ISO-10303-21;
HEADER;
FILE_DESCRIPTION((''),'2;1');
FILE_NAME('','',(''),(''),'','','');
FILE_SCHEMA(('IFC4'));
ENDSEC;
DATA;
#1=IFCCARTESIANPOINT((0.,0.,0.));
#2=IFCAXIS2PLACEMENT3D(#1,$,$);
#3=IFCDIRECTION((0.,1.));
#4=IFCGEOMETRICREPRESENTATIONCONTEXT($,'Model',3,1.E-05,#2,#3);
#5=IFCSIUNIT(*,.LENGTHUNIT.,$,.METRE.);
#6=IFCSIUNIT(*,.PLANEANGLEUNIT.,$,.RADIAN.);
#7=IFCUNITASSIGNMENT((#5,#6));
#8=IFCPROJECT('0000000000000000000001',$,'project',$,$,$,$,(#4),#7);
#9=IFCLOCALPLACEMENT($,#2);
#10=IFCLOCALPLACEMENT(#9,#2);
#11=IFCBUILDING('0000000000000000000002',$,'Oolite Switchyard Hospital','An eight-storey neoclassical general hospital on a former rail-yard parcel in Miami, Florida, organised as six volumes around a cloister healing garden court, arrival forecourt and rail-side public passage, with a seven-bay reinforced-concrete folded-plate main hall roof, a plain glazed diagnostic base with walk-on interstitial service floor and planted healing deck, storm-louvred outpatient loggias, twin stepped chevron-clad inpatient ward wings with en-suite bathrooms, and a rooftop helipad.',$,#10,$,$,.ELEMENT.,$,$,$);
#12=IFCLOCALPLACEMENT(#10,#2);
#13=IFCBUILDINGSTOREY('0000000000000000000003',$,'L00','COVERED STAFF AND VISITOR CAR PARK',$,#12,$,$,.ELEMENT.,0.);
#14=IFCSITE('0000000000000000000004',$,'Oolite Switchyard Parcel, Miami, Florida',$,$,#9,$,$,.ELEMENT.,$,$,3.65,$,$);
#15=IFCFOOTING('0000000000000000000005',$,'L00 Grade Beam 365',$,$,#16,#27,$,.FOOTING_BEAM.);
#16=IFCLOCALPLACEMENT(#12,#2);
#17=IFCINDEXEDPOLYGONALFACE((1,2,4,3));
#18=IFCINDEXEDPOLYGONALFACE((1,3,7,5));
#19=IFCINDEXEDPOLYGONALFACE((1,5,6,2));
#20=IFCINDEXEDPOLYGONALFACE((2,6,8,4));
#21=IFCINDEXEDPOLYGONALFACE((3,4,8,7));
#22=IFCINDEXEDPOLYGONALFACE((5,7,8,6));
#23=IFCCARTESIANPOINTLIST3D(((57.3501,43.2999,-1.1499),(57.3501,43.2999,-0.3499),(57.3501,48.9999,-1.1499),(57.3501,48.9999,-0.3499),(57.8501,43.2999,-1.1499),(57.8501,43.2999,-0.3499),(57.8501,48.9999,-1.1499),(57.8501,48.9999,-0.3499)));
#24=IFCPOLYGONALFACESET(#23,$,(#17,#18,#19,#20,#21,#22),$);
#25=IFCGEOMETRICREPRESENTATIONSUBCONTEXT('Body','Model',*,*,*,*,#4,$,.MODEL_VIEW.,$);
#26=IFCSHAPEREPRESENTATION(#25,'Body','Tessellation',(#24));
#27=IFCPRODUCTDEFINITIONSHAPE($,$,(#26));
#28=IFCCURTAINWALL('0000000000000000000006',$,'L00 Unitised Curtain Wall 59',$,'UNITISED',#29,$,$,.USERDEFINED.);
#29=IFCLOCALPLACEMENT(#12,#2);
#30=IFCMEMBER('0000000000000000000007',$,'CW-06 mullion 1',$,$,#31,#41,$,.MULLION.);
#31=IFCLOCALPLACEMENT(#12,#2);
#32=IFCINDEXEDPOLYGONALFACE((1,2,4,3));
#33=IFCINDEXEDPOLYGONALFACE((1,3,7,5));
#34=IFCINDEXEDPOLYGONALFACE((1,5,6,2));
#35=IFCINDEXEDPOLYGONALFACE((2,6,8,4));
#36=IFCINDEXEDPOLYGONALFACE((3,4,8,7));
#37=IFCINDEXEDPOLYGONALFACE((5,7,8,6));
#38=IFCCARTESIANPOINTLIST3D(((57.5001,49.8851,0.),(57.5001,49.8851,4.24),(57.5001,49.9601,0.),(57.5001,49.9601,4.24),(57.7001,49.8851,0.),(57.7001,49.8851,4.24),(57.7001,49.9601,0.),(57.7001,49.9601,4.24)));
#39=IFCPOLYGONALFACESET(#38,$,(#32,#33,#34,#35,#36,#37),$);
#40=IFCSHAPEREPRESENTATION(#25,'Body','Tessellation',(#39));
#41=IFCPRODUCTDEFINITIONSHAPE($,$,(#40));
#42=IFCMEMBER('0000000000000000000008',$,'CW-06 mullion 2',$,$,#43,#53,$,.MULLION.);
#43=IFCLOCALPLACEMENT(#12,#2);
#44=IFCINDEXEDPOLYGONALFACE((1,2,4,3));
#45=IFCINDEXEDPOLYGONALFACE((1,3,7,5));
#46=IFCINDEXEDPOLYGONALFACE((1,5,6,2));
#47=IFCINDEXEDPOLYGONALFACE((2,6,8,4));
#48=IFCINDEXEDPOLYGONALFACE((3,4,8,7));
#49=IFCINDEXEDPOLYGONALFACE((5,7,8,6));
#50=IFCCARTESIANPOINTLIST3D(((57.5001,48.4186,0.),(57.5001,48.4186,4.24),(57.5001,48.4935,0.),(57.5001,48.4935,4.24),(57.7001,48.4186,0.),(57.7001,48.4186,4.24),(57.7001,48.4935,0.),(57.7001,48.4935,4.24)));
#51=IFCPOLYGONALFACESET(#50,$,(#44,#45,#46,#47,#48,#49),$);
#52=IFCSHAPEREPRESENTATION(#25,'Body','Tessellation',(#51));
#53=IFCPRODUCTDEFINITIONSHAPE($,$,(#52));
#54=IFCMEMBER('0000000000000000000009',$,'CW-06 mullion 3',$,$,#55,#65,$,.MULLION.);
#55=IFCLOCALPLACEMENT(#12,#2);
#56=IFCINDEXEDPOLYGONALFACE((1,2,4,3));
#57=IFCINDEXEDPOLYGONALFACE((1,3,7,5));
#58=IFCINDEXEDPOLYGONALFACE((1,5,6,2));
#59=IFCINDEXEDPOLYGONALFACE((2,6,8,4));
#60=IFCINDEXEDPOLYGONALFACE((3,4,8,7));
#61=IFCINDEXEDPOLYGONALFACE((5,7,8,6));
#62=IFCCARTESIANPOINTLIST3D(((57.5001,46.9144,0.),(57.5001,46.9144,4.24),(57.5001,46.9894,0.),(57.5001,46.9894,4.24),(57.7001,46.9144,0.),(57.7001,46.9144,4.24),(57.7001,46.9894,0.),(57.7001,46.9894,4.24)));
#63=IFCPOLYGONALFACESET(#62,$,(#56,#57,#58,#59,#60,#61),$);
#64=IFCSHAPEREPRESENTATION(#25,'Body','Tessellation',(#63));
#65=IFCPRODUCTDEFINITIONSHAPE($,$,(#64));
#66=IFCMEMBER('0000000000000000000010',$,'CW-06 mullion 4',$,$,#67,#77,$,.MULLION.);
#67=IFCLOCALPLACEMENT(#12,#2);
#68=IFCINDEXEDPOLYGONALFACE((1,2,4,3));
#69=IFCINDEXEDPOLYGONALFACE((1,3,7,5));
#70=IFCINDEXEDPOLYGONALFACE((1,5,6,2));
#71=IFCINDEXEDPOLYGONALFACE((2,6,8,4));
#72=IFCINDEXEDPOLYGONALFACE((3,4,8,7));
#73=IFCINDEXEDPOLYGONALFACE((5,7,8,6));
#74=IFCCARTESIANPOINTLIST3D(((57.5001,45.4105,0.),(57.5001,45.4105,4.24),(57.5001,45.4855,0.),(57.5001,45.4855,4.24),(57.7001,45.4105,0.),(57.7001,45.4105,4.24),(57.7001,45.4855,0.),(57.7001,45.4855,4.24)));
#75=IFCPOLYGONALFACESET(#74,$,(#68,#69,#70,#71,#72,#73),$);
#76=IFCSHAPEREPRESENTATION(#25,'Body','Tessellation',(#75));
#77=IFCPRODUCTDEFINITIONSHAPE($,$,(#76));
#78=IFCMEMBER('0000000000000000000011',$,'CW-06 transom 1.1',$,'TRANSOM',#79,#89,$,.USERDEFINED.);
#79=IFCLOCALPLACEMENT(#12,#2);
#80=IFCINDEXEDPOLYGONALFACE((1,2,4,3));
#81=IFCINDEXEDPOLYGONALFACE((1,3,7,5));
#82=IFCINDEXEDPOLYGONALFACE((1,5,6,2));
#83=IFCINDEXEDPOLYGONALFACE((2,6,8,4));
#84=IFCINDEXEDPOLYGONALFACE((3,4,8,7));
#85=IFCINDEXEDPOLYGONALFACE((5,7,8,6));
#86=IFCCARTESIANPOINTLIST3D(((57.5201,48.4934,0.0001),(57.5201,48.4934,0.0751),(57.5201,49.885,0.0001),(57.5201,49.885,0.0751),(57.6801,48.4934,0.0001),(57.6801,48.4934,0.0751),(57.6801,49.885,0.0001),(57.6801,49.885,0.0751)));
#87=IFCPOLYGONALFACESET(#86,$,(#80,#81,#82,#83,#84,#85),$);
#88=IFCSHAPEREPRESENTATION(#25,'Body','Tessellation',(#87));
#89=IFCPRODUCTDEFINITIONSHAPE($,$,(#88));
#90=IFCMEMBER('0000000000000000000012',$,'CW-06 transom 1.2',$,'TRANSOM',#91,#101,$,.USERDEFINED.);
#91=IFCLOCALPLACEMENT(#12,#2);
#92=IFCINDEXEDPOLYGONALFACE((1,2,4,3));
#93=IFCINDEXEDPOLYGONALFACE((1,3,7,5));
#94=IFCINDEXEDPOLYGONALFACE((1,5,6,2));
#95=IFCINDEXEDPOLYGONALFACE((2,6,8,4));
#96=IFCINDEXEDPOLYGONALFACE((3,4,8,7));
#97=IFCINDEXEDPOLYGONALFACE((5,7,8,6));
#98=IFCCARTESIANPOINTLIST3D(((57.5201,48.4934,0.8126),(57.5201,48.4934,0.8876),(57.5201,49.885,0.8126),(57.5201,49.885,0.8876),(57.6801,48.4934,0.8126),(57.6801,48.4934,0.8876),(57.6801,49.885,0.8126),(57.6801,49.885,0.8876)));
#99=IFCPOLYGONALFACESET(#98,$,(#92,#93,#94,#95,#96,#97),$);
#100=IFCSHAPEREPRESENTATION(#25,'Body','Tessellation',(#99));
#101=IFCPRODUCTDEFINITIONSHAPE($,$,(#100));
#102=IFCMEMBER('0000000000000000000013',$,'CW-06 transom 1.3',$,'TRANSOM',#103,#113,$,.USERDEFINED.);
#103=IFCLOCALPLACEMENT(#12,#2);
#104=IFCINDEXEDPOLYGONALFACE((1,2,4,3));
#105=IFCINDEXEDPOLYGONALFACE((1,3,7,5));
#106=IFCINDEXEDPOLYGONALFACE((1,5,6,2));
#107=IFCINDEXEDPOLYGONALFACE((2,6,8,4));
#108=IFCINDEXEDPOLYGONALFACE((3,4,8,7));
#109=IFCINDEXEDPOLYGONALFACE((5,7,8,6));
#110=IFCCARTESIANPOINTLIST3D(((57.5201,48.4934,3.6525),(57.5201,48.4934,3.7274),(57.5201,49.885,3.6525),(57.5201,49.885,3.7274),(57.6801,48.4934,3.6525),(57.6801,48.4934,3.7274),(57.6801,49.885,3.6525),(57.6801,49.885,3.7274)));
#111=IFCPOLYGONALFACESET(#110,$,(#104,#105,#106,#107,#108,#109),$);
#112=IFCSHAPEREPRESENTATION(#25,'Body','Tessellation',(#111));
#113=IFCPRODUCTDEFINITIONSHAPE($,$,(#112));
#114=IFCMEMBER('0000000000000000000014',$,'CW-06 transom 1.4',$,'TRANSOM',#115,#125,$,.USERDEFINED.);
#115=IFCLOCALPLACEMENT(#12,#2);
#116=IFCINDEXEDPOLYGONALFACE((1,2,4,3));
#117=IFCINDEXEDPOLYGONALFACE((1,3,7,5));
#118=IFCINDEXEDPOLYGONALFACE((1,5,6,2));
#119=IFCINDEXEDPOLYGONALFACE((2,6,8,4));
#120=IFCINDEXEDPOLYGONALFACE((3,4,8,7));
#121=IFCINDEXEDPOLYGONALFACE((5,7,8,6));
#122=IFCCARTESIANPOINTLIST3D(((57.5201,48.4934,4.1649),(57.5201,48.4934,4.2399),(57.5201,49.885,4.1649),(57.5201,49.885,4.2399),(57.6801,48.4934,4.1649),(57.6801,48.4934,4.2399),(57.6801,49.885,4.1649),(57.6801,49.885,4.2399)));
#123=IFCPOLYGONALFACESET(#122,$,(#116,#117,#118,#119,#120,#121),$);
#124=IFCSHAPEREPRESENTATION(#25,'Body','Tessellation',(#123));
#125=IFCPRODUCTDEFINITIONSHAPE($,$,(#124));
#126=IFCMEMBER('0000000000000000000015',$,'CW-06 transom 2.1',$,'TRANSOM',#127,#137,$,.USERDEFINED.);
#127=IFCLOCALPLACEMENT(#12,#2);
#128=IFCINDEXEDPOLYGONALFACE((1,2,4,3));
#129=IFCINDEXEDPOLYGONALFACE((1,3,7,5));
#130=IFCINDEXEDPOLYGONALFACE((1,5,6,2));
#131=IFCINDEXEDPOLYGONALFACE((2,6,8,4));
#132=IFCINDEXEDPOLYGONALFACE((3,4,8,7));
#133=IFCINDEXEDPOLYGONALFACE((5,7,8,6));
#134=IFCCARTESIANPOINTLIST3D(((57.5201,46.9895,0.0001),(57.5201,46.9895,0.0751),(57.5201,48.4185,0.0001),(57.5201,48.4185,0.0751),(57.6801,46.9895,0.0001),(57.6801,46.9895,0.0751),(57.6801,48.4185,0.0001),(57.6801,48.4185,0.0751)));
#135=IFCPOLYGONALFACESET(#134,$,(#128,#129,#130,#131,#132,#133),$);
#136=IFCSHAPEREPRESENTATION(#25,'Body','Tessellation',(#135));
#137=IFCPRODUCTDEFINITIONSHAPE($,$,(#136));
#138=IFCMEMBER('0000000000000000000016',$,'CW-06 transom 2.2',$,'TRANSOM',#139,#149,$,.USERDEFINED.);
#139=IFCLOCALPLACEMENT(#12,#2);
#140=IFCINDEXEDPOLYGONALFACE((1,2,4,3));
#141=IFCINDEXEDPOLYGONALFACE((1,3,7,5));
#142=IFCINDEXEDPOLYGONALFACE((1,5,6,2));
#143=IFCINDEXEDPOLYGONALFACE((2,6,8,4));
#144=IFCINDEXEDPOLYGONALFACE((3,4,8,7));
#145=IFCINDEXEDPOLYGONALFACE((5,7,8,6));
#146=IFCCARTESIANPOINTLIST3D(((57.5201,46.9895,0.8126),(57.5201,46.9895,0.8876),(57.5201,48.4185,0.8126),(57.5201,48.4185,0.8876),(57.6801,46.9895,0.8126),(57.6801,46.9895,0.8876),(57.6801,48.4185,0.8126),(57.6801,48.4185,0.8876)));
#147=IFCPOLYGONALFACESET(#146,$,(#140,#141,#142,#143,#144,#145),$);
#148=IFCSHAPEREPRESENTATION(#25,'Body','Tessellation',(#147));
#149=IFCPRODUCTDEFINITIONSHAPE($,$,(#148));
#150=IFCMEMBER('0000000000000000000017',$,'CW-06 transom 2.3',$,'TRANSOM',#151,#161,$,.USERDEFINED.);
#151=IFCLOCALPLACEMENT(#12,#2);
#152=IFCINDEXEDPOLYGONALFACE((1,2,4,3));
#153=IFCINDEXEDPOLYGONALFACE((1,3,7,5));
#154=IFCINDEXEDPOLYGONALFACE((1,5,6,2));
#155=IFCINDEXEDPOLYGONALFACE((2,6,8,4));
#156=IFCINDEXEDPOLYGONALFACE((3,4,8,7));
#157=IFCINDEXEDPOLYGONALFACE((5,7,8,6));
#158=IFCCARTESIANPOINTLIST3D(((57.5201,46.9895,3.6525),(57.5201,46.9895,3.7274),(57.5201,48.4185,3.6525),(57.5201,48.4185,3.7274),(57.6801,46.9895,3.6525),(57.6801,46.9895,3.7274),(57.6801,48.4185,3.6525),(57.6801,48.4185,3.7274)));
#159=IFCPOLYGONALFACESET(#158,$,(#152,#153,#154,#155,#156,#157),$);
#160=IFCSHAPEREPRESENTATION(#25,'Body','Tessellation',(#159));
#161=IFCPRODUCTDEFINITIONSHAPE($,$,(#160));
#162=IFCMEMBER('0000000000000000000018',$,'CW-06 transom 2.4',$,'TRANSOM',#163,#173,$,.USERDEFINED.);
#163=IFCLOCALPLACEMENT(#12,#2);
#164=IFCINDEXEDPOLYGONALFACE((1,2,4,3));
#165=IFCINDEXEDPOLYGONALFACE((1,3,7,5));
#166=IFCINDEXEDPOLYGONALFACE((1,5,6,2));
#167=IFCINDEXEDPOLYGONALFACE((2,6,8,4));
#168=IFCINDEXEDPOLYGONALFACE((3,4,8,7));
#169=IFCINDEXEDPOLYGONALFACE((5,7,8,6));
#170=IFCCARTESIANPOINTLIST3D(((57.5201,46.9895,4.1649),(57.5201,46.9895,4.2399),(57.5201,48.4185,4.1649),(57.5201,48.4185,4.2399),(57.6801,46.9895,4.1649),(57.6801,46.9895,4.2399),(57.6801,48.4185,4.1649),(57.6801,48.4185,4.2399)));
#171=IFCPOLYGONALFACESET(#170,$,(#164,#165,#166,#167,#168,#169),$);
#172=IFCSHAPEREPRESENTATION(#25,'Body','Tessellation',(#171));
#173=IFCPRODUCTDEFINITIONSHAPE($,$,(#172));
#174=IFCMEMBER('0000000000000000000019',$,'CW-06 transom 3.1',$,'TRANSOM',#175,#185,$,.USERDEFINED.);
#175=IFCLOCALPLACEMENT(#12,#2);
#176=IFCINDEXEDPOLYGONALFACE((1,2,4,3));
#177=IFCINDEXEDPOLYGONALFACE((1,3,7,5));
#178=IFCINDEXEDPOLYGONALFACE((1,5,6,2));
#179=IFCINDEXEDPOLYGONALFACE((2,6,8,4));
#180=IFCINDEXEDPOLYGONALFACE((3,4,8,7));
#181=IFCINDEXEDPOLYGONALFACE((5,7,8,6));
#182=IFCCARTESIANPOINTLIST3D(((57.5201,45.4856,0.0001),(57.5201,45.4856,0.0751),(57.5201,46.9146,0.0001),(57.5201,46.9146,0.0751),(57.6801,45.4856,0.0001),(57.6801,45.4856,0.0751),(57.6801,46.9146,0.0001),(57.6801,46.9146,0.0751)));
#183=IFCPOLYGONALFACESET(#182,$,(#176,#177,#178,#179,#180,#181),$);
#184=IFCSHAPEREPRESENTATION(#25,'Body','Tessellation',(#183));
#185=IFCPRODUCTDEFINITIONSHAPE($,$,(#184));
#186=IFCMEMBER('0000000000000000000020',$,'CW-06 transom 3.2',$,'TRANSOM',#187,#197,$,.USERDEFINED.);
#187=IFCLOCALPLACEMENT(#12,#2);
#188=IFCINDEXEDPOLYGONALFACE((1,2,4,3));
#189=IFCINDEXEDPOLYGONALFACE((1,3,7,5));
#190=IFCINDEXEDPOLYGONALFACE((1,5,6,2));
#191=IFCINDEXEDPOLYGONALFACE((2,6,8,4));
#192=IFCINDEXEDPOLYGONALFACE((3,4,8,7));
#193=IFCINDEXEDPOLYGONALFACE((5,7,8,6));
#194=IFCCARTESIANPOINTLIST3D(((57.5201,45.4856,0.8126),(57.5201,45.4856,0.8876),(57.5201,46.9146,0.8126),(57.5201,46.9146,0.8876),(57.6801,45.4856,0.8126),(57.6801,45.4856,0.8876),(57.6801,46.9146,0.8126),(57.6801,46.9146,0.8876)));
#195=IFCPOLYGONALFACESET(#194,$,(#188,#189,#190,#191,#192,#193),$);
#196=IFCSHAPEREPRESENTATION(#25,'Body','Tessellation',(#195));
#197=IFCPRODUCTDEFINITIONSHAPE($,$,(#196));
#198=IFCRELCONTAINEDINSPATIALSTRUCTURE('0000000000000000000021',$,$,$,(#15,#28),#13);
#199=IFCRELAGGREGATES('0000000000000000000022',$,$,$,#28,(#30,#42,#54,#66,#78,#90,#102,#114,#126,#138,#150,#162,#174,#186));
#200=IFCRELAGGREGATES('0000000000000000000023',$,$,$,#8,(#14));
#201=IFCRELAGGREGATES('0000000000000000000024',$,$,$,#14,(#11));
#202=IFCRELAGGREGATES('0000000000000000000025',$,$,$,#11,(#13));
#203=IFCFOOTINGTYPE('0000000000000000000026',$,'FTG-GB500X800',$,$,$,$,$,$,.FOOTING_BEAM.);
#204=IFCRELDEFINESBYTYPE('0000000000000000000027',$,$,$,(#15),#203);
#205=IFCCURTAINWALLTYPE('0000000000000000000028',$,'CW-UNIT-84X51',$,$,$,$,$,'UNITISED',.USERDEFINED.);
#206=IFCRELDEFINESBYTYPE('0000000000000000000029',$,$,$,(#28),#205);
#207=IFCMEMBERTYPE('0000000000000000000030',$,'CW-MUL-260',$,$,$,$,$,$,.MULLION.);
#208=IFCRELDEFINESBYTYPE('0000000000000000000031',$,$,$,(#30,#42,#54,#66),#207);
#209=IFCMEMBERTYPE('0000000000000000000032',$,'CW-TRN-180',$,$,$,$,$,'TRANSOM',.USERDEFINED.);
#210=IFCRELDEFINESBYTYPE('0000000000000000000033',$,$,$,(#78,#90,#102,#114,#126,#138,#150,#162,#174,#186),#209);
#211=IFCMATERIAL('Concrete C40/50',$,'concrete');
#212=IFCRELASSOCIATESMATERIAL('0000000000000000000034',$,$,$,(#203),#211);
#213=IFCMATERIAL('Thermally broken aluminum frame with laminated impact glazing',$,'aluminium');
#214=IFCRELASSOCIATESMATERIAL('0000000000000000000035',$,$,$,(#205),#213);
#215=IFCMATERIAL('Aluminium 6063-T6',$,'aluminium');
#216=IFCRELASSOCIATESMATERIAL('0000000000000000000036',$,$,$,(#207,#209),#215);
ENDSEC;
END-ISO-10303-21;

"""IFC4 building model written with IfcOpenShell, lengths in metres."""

from ifc_helpers import new_model, si_unit, direction, frame, origin, origin_2d, place, context, subcontext, project, spatial, rectangle, extrude, material, material_profile, profile_set, type_object, element, aggregate, save


model = new_model("IFC4")

# Units and contexts
model_context = context("Model", 3, precision=1e-05, world=origin(), true_north=direction((0.0, 1.0)))
body_context = subcontext(model_context, "Body", "Model", "MODEL_VIEW")
ifc_project = project(units=[si_unit("LENGTHUNIT", "METRE"), si_unit("PLANEANGLEUNIT", "RADIAN")], contexts=[model_context])

# Site, building, storey
site_placement = place(None, origin())
site = spatial("IfcSite", under=ifc_project, at=site_placement, Name="Oolite Switchyard Parcel, Miami, Florida", CompositionType="ELEMENT", RefElevation=3.65)
building_placement = place(site_placement, origin())
building = spatial("IfcBuilding", under=site, at=building_placement, Name="Oolite Switchyard Hospital", Description="An eight-storey neoclassical general hospital on a former rail-yard parcel in Miami, Florida, organised as six volumes around a cloister healing garden court, arrival forecourt and rail-side public passage, with a seven-bay reinforced-concrete folded-plate main hall roof, a plain glazed diagnostic base with walk-on interstitial service floor and planted healing deck, storm-louvred outpatient loggias, twin stepped chevron-clad inpatient ward wings with en-suite bathrooms, and a rooftop helipad.", CompositionType="ELEMENT")
storey_placement = place(building_placement, origin())
storey = spatial("IfcBuildingStorey", under=building, at=storey_placement, Name="L00", Description="COVERED STAFF AND VISITOR CAR PARK", CompositionType="ELEMENT", Elevation=0.0)

# Footing
ifc_material_1 = material(Name="Concrete C40/50", Category="concrete")
footing_type = type_object("IfcFootingType", Name="FTG-GB500X800", PredefinedType="FOOTING_BEAM", material=ifc_material_1)
footing_placement = place(storey_placement, frame((57.6001, 46.1499, -1.1499), z_axis=(0.0, 0.0, 1.0), x_axis=(0.0, 1.0, 0.0)))
element("IfcFooting", 1, at=footing_placement, inside=storey, type_object=footing_type, Name="L00 Grade Beam 365", PredefinedType="FOOTING_BEAM", context=body_context, shape_type="SweptSolid", body=[
    extrude(rectangle(XDim=5.7, YDim=0.5, at=origin_2d()), origin(), (0.0, 0.0, 1.0), 0.8),
])

# Curtain wall, members
ifc_material_2 = material(Name="Thermally broken aluminum frame with laminated impact glazing", Category="aluminium")
curtain_wall_type = type_object("IfcCurtainWallType", Name="CW-UNIT-84X51", ElementType="UNITISED", PredefinedType="USERDEFINED", material=ifc_material_2)
curtain_wall_placement = place(storey_placement, origin())
curtain_wall = element("IfcCurtainWall", 2, at=curtain_wall_placement, inside=storey, type_object=curtain_wall_type, Name="L00 Unitised Curtain Wall 59", ObjectType="UNITISED", PredefinedType="USERDEFINED")
ifc_material_3 = material(Name="Aluminium 6063-T6", Category="aluminium")
ifc_material_profile_1 = material_profile(ifc_material_3, rectangle(XDim=0.2, YDim=0.075, at=origin_2d()), Name="CWM75X200")
ifc_profile_set_1 = profile_set([ifc_material_profile_1], Name="Aluminium 6063-T6")
member_type_1 = type_object("IfcMemberType", Name="CW-MUL-260", PredefinedType="MULLION", material=ifc_profile_set_1)
member_1_placement = place(storey_placement, frame((57.6001, 49.9226, 0.0), z_axis=(0.0, 0.0, 1.0), x_axis=(1.0, 0.0, 0.0)))
member_1 = element("IfcMember", 3, at=member_1_placement, type_object=member_type_1, Name="CW-06 mullion 1", PredefinedType="MULLION", context=body_context, shape_type="SweptSolid", body=[
    extrude(rectangle(XDim=0.2, YDim=0.075, at=origin_2d()), origin(), (0.0, 0.0, 1.0), 4.24),
])
member_2_placement = place(storey_placement, frame((57.6001, 48.4561, 0.0), z_axis=(0.0, 0.0, 1.0), x_axis=(1.0, 0.0, 0.0)))
member_2 = element("IfcMember", 4, at=member_2_placement, type_object=member_type_1, Name="CW-06 mullion 2", PredefinedType="MULLION", context=body_context, shape_type="SweptSolid", body=[
    extrude(rectangle(XDim=0.2, YDim=0.075, at=origin_2d()), origin(), (0.0, 0.0, 1.0), 4.24),
])
member_3_placement = place(storey_placement, frame((57.6001, 46.9519, 0.0), z_axis=(0.0, 0.0, 1.0), x_axis=(1.0, 0.0, 0.0)))
member_3 = element("IfcMember", 5, at=member_3_placement, type_object=member_type_1, Name="CW-06 mullion 3", PredefinedType="MULLION", context=body_context, shape_type="SweptSolid", body=[
    extrude(rectangle(XDim=0.2, YDim=0.075, at=origin_2d()), origin(), (0.0, 0.0, 1.0), 4.24),
])
member_4_placement = place(storey_placement, frame((57.6001, 45.448, 0.0), z_axis=(0.0, 0.0, 1.0), x_axis=(1.0, 0.0, 0.0)))
member_4 = element("IfcMember", 6, at=member_4_placement, type_object=member_type_1, Name="CW-06 mullion 4", PredefinedType="MULLION", context=body_context, shape_type="SweptSolid", body=[
    extrude(rectangle(XDim=0.2, YDim=0.075, at=origin_2d()), origin(), (0.0, 0.0, 1.0), 4.24),
])
ifc_material_profile_2 = material_profile(ifc_material_3, rectangle(XDim=0.1599, YDim=0.075, at=origin_2d()), Name="CWT75X160")
ifc_profile_set_2 = profile_set([ifc_material_profile_2], Name="Aluminium 6063-T6")
member_type_2 = type_object("IfcMemberType", Name="CW-TRN-180", ElementType="TRANSOM", PredefinedType="USERDEFINED", material=ifc_profile_set_2)
member_5_placement = place(storey_placement, frame((57.6001, 49.885, 0.0376), z_axis=(0.0, -1.0, 0.0), x_axis=(1.0, 0.0, 0.0)))
member_5 = element("IfcMember", 7, at=member_5_placement, type_object=member_type_2, Name="CW-06 transom 1.1", ObjectType="TRANSOM", PredefinedType="USERDEFINED", context=body_context, shape_type="SweptSolid", body=[
    extrude(rectangle(XDim=0.1599, YDim=0.075, at=origin_2d()), origin(), (0.0, 0.0, 1.0), 1.3916),
])
member_6_placement = place(storey_placement, frame((57.6001, 49.885, 0.8501), z_axis=(0.0, -1.0, 0.0), x_axis=(1.0, 0.0, 0.0)))
member_6 = element("IfcMember", 8, at=member_6_placement, type_object=member_type_2, Name="CW-06 transom 1.2", ObjectType="TRANSOM", PredefinedType="USERDEFINED", context=body_context, shape_type="SweptSolid", body=[
    extrude(rectangle(XDim=0.1599, YDim=0.075, at=origin_2d()), origin(), (0.0, 0.0, 1.0), 1.3916),
])
member_7_placement = place(storey_placement, frame((57.6001, 49.885, 3.6899), z_axis=(0.0, -1.0, 0.0), x_axis=(1.0, 0.0, 0.0)))
member_7 = element("IfcMember", 9, at=member_7_placement, type_object=member_type_2, Name="CW-06 transom 1.3", ObjectType="TRANSOM", PredefinedType="USERDEFINED", context=body_context, shape_type="SweptSolid", body=[
    extrude(rectangle(XDim=0.1599, YDim=0.075, at=origin_2d()), origin(), (0.0, 0.0, 1.0), 1.3916),
])
member_8_placement = place(storey_placement, frame((57.6001, 49.885, 4.2024), z_axis=(0.0, -1.0, 0.0), x_axis=(1.0, 0.0, 0.0)))
member_8 = element("IfcMember", 10, at=member_8_placement, type_object=member_type_2, Name="CW-06 transom 1.4", ObjectType="TRANSOM", PredefinedType="USERDEFINED", context=body_context, shape_type="SweptSolid", body=[
    extrude(rectangle(XDim=0.1599, YDim=0.075, at=origin_2d()), origin(), (0.0, 0.0, 1.0), 1.3916),
])
member_9_placement = place(storey_placement, frame((57.6001, 48.4185, 0.0376), z_axis=(0.0, -1.0, 0.0), x_axis=(1.0, 0.0, 0.0)))
member_9 = element("IfcMember", 11, at=member_9_placement, type_object=member_type_2, Name="CW-06 transom 2.1", ObjectType="TRANSOM", PredefinedType="USERDEFINED", context=body_context, shape_type="SweptSolid", body=[
    extrude(rectangle(XDim=0.1599, YDim=0.075, at=origin_2d()), origin(), (0.0, 0.0, 1.0), 1.429),
])
member_10_placement = place(storey_placement, frame((57.6001, 48.4185, 0.8501), z_axis=(0.0, -1.0, 0.0), x_axis=(1.0, 0.0, 0.0)))
member_10 = element("IfcMember", 12, at=member_10_placement, type_object=member_type_2, Name="CW-06 transom 2.2", ObjectType="TRANSOM", PredefinedType="USERDEFINED", context=body_context, shape_type="SweptSolid", body=[
    extrude(rectangle(XDim=0.1599, YDim=0.075, at=origin_2d()), origin(), (0.0, 0.0, 1.0), 1.429),
])
member_11_placement = place(storey_placement, frame((57.6001, 48.4185, 3.6899), z_axis=(0.0, -1.0, 0.0), x_axis=(1.0, 0.0, 0.0)))
member_11 = element("IfcMember", 13, at=member_11_placement, type_object=member_type_2, Name="CW-06 transom 2.3", ObjectType="TRANSOM", PredefinedType="USERDEFINED", context=body_context, shape_type="SweptSolid", body=[
    extrude(rectangle(XDim=0.1599, YDim=0.075, at=origin_2d()), origin(), (0.0, 0.0, 1.0), 1.429),
])
member_12_placement = place(storey_placement, frame((57.6001, 48.4185, 4.2024), z_axis=(0.0, -1.0, 0.0), x_axis=(1.0, 0.0, 0.0)))
member_12 = element("IfcMember", 14, at=member_12_placement, type_object=member_type_2, Name="CW-06 transom 2.4", ObjectType="TRANSOM", PredefinedType="USERDEFINED", context=body_context, shape_type="SweptSolid", body=[
    extrude(rectangle(XDim=0.1599, YDim=0.075, at=origin_2d()), origin(), (0.0, 0.0, 1.0), 1.429),
])
member_13_placement = place(storey_placement, frame((57.6001, 46.9146, 0.0376), z_axis=(0.0, -1.0, 0.0), x_axis=(1.0, 0.0, 0.0)))
member_13 = element("IfcMember", 15, at=member_13_placement, type_object=member_type_2, Name="CW-06 transom 3.1", ObjectType="TRANSOM", PredefinedType="USERDEFINED", context=body_context, shape_type="SweptSolid", body=[
    extrude(rectangle(XDim=0.1599, YDim=0.075, at=origin_2d()), origin(), (0.0, 0.0, 1.0), 1.429),
])
member_14_placement = place(storey_placement, frame((57.6001, 46.9146, 0.8501), z_axis=(0.0, -1.0, 0.0), x_axis=(1.0, 0.0, 0.0)))
member_14 = element("IfcMember", 16, at=member_14_placement, type_object=member_type_2, Name="CW-06 transom 3.2", ObjectType="TRANSOM", PredefinedType="USERDEFINED", context=body_context, shape_type="SweptSolid", body=[
    extrude(rectangle(XDim=0.1599, YDim=0.075, at=origin_2d()), origin(), (0.0, 0.0, 1.0), 1.429),
])
aggregate(curtain_wall, [member_1, member_2, member_3, member_4, member_5, member_6, member_7, member_8, member_9, member_10, member_11, member_12, member_13, member_14])

save(model, "model.ifc")
